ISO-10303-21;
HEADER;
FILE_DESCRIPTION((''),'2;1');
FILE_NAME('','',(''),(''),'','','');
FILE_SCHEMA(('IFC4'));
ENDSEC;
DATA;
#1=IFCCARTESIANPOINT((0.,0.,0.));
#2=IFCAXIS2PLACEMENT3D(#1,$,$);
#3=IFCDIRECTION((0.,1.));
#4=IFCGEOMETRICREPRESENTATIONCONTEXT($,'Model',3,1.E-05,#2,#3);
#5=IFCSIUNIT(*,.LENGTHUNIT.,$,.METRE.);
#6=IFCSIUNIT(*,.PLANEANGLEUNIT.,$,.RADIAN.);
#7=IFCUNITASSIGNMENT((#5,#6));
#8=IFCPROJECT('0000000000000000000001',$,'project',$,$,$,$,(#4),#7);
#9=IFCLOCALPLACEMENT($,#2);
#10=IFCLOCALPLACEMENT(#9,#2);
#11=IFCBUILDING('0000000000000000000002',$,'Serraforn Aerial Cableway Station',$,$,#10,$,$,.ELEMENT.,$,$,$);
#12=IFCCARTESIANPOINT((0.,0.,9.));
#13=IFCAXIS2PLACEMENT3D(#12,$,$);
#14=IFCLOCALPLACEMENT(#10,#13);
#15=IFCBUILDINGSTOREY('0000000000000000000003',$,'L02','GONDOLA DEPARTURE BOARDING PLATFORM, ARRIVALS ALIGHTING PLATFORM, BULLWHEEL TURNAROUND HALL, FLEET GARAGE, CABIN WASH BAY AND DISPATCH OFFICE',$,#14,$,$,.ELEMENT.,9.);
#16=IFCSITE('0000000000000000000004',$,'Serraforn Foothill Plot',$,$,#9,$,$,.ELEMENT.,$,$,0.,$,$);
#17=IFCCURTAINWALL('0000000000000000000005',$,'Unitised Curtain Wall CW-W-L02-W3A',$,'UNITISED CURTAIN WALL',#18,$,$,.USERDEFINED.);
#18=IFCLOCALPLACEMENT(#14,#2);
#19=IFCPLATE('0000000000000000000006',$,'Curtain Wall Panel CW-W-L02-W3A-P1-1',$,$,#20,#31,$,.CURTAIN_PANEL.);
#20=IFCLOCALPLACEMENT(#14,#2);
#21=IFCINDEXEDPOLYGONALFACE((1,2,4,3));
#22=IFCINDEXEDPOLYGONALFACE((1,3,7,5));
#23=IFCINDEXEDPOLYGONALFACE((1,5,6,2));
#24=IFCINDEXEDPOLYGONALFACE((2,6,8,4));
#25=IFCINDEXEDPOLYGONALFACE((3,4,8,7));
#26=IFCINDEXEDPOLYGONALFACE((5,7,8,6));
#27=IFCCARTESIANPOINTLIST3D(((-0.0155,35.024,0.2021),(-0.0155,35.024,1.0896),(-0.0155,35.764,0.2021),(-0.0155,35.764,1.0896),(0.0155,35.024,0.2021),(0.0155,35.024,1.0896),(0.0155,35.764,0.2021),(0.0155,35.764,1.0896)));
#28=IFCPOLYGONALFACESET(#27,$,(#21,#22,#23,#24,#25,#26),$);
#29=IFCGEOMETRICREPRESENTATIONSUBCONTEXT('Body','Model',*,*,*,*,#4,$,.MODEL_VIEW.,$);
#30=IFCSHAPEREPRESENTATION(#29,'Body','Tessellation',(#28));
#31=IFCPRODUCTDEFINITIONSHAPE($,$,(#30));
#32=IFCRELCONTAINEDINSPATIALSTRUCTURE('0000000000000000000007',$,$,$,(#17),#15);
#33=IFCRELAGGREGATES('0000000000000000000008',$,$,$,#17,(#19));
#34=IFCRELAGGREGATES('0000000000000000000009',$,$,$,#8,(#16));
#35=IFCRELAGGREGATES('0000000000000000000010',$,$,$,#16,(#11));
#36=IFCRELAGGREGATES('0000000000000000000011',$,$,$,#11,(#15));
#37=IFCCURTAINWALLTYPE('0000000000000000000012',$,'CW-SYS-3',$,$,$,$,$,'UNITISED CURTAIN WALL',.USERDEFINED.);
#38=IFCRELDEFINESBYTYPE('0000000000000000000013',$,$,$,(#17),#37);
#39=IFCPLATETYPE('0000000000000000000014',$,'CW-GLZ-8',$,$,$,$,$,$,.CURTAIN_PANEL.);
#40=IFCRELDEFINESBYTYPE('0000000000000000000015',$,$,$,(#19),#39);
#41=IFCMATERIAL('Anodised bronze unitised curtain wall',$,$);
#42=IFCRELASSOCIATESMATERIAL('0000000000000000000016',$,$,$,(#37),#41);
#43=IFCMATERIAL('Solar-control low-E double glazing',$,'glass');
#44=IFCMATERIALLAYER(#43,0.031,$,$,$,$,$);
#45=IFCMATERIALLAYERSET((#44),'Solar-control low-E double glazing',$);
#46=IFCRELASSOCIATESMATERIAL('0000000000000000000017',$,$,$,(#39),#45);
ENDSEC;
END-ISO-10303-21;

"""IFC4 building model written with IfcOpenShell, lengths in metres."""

from ifc_helpers import new_model, si_unit, direction, frame, origin, origin_2d, place, context, subcontext, project, spatial, rectangle, extrude, material, layer, layer_set, type_object, element, aggregate, save


model = new_model("IFC4")

# Units and contexts
model_context = context("Model", 3, precision=1e-05, world=origin(), true_north=direction((0.0, 1.0)))
body_context = subcontext(model_context, "Body", "Model", "MODEL_VIEW")
ifc_project = project(units=[si_unit("LENGTHUNIT", "METRE"), si_unit("PLANEANGLEUNIT", "RADIAN")], contexts=[model_context])

# Site, building, storey
site_placement = place(None, origin())
site = spatial("IfcSite", under=ifc_project, at=site_placement, Name="Serraforn Foothill Plot", CompositionType="ELEMENT", RefElevation=0.0)
building_placement = place(site_placement, origin())
building = spatial("IfcBuilding", under=site, at=building_placement, Name="Serraforn Aerial Cableway Station", CompositionType="ELEMENT")
storey_placement = place(building_placement, frame((0.0, 0.0, 9.0)))
storey = spatial("IfcBuildingStorey", under=building, at=storey_placement, Name="L02", Description="GONDOLA DEPARTURE BOARDING PLATFORM, ARRIVALS ALIGHTING PLATFORM, BULLWHEEL TURNAROUND HALL, FLEET GARAGE, CABIN WASH BAY AND DISPATCH OFFICE", CompositionType="ELEMENT", Elevation=9.0)

# Curtain wall
ifc_material_1 = material(Name="Anodised bronze unitised curtain wall")
curtain_wall_type_1 = type_object("IfcCurtainWallType", Name="CW-SYS-3", ElementType="UNITISED CURTAIN WALL", PredefinedType="USERDEFINED", material=ifc_material_1)
curtain_wall_1_placement = place(storey_placement, origin())
curtain_wall_1 = element("IfcCurtainWall", 1, at=curtain_wall_1_placement, inside=storey, type_object=curtain_wall_type_1, Name="Unitised Curtain Wall CW-W-L02-W3A", ObjectType="UNITISED CURTAIN WALL", PredefinedType="USERDEFINED")

# Plate
ifc_material_2 = material(Name="Solar-control low-E double glazing", Category="glass")
ifc_layer_1 = layer(ifc_material_2, 0.031)
ifc_layer_set_1 = layer_set([ifc_layer_1], Name="Solar-control low-E double glazing")
plate_type_1 = type_object("IfcPlateType", Name="CW-GLZ-8", PredefinedType="CURTAIN_PANEL", material=ifc_layer_set_1)
plate_1_placement = place(storey_placement, frame((0.0, 35.394, 0.2021), z_axis=(0.0, 0.0, 1.0), x_axis=(1.0, 0.0, 0.0)))
plate_1 = element("IfcPlate", 2, at=plate_1_placement, type_object=plate_type_1, Name="Curtain Wall Panel CW-W-L02-W3A-P1-1", PredefinedType="CURTAIN_PANEL", context=body_context, shape_type="SweptSolid", body=[
    extrude(rectangle(XDim=0.031, YDim=0.74, at=origin_2d()), origin(), (0.0, 0.0, 1.0), 0.8875),
])
aggregate(curtain_wall_1, [plate_1])

save(model, "model.ifc")
